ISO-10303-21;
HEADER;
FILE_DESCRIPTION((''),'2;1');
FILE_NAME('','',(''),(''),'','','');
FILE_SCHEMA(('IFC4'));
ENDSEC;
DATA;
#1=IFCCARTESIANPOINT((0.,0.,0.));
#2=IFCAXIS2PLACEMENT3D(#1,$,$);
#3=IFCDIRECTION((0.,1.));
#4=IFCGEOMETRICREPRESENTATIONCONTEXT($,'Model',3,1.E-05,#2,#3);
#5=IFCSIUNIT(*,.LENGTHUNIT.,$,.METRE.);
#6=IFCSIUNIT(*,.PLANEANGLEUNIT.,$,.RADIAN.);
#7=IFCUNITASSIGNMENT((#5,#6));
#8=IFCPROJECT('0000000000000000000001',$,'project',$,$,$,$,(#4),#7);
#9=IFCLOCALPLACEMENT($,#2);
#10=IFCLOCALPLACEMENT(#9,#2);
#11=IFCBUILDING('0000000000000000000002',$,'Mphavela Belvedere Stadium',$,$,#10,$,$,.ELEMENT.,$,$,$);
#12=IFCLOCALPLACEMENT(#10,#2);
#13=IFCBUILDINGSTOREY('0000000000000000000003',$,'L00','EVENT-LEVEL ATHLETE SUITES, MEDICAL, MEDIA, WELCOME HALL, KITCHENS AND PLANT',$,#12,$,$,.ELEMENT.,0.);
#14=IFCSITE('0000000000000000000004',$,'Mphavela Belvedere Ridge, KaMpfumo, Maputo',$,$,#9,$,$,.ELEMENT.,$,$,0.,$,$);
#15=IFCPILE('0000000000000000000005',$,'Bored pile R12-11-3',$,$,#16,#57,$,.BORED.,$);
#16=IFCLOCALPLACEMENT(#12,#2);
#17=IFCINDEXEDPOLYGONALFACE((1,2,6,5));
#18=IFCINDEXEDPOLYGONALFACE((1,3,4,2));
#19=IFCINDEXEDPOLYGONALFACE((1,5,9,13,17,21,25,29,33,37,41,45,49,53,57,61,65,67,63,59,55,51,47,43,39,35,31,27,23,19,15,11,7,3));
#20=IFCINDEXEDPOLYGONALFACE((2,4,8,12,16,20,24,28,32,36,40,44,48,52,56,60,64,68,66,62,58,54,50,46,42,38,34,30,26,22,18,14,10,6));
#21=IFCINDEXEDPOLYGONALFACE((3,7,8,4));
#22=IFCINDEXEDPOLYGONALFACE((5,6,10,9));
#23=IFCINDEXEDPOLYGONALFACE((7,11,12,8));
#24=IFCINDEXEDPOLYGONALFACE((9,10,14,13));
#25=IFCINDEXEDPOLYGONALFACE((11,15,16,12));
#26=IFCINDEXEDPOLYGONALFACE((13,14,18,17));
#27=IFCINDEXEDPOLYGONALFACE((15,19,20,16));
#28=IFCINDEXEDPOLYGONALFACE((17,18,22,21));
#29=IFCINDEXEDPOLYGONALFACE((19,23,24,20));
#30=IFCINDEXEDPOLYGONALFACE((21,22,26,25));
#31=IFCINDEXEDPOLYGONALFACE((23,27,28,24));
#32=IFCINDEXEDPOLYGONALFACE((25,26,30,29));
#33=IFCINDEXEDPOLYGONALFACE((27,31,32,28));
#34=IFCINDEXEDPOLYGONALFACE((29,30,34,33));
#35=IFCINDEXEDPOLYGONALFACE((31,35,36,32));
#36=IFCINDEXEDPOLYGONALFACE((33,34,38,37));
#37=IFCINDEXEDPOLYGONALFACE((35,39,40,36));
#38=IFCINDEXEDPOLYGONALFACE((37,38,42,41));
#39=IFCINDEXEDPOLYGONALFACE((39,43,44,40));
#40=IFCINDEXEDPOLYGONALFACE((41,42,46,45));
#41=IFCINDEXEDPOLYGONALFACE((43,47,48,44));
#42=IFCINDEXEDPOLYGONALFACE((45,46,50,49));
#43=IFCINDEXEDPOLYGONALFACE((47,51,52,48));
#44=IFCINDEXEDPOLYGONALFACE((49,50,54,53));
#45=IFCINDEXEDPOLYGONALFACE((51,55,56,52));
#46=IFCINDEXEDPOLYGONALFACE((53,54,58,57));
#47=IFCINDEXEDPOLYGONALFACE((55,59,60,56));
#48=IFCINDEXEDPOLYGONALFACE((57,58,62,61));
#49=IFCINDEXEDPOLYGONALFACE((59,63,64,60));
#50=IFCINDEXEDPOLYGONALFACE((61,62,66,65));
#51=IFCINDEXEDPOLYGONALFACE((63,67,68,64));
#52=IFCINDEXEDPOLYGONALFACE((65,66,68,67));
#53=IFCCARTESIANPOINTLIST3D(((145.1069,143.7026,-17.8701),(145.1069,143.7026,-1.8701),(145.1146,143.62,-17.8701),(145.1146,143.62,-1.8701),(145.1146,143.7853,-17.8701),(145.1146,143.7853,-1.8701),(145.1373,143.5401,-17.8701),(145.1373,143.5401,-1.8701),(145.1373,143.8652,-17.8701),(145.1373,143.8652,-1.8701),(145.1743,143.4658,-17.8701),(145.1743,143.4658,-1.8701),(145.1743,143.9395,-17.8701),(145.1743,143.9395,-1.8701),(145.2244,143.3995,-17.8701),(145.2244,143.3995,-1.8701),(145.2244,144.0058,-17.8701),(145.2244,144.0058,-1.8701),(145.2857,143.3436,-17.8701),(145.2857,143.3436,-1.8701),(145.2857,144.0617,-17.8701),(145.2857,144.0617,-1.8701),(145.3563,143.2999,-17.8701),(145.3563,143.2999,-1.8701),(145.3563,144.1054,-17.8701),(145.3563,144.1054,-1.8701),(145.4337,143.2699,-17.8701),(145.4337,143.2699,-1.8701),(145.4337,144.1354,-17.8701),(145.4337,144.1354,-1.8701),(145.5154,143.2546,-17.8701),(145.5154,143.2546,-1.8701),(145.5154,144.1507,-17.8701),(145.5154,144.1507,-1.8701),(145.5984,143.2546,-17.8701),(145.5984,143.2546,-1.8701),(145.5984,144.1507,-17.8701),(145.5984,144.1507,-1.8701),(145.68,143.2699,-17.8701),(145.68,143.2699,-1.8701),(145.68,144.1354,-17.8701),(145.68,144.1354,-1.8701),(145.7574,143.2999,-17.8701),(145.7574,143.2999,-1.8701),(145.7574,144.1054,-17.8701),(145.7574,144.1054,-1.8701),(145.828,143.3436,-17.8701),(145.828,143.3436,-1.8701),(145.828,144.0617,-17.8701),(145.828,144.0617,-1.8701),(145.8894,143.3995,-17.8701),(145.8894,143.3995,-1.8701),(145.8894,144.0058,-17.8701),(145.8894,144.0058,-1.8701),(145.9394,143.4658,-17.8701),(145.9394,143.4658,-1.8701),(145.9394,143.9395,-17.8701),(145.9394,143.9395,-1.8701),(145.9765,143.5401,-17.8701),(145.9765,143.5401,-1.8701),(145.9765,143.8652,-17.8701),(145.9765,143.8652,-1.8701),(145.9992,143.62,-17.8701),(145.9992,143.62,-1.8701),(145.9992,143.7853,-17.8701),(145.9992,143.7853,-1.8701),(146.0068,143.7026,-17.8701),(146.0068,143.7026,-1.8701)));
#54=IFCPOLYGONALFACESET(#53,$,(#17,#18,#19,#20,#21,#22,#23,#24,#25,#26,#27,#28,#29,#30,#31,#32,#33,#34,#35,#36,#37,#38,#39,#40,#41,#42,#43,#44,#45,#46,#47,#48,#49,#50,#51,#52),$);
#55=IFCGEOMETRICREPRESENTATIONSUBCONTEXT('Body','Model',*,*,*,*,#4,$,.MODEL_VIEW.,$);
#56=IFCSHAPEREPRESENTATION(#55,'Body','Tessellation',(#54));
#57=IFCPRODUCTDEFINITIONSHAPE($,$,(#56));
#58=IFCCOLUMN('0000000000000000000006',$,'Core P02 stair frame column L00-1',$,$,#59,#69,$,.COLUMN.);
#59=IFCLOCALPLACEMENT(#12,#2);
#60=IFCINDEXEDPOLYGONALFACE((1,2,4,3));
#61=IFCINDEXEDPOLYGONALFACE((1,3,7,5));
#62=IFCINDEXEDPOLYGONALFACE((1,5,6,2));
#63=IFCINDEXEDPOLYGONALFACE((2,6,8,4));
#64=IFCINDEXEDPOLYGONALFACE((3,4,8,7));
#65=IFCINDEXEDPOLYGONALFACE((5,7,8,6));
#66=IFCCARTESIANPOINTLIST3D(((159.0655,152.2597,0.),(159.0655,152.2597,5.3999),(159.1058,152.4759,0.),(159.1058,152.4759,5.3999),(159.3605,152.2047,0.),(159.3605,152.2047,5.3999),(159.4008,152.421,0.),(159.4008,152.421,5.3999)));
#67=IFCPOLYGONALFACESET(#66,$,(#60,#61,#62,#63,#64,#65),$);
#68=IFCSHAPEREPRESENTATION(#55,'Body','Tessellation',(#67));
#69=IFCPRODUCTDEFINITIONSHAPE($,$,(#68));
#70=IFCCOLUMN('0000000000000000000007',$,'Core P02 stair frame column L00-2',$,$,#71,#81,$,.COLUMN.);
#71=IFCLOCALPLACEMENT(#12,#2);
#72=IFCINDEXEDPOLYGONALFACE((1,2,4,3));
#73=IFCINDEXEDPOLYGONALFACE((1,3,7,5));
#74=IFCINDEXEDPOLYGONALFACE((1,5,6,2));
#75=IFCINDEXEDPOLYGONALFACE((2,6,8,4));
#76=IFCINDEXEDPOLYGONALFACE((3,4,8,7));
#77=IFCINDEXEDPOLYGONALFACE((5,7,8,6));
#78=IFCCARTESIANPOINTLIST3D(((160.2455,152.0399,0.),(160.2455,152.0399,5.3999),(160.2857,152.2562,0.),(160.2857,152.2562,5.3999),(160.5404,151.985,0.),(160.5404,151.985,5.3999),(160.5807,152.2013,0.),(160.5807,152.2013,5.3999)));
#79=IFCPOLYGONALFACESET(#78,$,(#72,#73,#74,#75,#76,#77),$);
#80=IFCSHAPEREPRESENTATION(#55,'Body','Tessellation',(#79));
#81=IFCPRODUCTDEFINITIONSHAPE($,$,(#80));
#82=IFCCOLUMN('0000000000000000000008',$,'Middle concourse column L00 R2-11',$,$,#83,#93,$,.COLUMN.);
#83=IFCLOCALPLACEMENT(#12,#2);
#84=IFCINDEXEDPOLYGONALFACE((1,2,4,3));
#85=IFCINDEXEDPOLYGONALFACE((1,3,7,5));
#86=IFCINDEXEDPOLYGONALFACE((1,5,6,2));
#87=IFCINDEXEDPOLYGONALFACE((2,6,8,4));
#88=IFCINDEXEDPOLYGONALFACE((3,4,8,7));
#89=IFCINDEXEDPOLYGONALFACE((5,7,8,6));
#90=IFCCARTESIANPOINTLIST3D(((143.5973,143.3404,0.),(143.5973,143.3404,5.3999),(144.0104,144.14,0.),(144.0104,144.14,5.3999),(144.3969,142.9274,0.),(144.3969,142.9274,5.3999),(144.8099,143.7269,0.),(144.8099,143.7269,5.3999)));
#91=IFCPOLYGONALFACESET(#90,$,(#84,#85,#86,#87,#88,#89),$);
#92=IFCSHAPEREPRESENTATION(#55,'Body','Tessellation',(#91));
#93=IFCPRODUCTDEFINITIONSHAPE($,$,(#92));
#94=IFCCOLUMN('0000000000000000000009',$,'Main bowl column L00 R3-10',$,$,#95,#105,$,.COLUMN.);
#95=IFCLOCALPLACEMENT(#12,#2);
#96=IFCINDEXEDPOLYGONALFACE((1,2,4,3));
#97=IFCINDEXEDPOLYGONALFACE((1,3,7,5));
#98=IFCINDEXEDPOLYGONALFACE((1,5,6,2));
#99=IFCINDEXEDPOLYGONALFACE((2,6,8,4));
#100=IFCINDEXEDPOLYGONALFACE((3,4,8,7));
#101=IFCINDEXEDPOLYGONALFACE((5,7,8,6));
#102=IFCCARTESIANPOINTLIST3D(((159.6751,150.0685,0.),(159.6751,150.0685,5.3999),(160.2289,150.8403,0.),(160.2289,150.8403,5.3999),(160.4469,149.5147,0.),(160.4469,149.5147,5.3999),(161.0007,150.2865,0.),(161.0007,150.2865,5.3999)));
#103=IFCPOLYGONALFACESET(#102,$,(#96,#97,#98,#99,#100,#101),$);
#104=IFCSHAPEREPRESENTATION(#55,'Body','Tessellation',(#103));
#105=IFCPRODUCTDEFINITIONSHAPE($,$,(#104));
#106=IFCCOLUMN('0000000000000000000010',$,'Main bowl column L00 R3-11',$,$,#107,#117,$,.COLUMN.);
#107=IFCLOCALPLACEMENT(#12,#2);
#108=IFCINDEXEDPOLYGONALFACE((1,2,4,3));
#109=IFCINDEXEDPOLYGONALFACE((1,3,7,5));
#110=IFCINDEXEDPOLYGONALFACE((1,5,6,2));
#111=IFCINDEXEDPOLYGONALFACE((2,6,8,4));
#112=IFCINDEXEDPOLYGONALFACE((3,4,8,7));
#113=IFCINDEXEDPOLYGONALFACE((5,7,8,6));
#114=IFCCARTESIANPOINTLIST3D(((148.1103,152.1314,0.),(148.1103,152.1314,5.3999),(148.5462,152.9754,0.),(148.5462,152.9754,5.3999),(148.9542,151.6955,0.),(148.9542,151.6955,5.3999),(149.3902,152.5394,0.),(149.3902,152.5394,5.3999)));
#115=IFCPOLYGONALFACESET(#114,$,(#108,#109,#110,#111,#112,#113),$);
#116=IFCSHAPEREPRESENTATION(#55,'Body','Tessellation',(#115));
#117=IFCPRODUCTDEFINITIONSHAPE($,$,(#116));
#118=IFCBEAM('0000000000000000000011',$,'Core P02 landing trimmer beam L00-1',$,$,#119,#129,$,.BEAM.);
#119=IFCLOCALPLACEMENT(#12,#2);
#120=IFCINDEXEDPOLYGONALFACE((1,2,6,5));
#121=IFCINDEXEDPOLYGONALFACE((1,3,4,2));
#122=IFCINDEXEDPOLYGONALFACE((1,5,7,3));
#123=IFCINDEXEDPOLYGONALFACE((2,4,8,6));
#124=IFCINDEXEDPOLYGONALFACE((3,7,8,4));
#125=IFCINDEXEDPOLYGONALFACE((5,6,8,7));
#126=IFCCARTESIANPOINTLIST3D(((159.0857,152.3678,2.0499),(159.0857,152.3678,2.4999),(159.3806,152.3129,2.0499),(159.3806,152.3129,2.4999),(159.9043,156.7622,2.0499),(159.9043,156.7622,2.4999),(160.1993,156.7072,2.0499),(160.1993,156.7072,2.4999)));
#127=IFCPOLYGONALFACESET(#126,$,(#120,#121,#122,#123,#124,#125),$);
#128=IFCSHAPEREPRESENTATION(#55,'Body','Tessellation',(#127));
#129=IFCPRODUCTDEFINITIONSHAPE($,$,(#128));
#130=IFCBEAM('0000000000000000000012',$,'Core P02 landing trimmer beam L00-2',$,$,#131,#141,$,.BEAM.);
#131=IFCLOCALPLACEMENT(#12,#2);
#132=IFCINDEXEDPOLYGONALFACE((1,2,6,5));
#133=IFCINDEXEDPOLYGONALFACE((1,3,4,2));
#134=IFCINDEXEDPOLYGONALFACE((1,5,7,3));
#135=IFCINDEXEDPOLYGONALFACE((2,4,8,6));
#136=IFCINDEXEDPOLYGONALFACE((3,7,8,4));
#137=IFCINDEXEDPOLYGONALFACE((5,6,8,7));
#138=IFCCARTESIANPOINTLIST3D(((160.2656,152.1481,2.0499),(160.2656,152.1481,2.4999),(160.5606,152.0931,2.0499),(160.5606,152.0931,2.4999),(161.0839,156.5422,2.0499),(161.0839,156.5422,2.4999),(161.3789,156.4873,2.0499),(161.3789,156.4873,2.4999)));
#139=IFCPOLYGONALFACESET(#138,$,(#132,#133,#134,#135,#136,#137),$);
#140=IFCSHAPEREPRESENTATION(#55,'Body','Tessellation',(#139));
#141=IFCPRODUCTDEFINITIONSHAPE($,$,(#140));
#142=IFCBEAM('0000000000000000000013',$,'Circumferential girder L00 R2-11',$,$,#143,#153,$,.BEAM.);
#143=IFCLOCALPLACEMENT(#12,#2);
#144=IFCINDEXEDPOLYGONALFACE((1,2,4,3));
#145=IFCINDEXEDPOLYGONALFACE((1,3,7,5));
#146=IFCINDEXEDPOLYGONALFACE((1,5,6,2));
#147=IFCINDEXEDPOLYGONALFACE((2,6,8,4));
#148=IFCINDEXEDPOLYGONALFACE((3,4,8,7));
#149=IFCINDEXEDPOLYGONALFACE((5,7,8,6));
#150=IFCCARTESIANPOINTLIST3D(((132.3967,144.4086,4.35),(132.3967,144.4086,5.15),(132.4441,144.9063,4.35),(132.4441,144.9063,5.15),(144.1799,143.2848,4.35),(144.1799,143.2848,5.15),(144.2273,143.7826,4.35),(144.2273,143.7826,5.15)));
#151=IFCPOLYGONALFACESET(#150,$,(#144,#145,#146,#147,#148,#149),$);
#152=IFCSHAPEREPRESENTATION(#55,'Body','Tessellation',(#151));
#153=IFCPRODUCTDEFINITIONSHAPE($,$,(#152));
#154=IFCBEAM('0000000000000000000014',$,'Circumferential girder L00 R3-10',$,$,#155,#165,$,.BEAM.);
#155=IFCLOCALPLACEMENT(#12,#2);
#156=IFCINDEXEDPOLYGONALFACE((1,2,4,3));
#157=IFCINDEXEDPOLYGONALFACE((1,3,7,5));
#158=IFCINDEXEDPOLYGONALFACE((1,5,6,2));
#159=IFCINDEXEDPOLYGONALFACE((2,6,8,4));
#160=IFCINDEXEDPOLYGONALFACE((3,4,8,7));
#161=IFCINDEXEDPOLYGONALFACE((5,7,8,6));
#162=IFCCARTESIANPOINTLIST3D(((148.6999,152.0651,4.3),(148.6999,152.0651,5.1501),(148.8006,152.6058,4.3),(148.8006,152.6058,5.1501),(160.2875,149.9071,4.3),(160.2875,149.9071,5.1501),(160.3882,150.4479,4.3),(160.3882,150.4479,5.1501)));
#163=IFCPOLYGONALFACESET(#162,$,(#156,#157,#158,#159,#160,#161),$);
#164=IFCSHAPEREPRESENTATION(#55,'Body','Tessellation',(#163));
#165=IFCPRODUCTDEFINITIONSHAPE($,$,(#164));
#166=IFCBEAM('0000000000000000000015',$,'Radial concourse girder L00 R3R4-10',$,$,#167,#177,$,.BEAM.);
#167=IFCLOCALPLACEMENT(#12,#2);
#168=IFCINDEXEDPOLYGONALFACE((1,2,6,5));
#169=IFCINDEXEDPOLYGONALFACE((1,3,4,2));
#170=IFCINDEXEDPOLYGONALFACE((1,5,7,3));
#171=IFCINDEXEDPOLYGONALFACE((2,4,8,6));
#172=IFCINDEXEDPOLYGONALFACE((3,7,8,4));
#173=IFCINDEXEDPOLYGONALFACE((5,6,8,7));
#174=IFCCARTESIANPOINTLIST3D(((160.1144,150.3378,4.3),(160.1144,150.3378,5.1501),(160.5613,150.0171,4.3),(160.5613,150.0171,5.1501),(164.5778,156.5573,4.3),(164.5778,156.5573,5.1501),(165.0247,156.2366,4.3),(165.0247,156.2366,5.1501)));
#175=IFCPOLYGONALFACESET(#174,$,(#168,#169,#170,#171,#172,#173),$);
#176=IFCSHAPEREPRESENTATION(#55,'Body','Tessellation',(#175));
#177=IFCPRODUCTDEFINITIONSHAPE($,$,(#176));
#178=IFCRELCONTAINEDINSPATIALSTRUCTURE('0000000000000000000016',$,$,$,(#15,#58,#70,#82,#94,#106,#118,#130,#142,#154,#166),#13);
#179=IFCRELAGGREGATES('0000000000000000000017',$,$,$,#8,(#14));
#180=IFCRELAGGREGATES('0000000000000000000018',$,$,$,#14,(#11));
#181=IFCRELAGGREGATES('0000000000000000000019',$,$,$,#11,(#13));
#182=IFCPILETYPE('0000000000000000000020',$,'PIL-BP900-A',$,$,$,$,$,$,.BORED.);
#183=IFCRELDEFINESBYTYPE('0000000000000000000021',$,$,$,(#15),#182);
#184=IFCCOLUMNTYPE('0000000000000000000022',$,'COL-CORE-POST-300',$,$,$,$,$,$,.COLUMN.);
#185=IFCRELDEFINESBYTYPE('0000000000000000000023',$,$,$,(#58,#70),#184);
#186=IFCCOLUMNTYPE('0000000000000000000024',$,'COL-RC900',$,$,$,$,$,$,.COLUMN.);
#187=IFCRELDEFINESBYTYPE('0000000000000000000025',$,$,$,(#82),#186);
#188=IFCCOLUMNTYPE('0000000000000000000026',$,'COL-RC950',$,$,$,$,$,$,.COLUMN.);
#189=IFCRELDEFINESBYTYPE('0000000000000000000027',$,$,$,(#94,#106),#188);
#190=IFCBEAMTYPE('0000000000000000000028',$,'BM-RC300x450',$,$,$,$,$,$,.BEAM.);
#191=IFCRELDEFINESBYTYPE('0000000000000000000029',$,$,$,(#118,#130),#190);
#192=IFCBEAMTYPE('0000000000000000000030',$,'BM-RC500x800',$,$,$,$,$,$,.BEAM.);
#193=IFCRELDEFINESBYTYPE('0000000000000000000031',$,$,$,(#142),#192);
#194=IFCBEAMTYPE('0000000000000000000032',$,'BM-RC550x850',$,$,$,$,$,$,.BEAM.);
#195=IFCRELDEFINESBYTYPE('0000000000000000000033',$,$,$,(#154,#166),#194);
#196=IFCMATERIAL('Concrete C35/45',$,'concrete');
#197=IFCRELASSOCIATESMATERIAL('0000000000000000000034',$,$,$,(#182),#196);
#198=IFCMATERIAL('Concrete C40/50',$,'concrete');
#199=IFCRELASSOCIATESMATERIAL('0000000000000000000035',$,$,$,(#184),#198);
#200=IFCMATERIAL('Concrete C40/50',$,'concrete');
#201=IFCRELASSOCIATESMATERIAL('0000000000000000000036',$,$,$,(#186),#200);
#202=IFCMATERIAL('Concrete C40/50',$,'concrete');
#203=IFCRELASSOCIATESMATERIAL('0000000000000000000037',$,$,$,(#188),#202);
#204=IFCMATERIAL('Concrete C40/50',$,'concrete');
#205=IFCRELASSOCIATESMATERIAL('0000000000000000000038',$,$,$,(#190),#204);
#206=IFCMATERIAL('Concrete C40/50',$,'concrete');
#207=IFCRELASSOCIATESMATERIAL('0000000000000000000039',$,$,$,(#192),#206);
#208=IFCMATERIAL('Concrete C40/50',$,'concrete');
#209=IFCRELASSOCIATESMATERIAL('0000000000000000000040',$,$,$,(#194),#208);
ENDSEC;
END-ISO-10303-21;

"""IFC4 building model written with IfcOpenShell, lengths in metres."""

from ifc_helpers import new_model, si_unit, direction, frame, origin, origin_2d, place, context, subcontext, project, spatial, rectangle, circle, extrude, material, material_profile, profile_set, type_object, element, save


model = new_model("IFC4")

# Units and contexts
model_context = context("Model", 3, precision=1e-05, world=origin(), true_north=direction((0.0, 1.0)))
body_context = subcontext(model_context, "Body", "Model", "MODEL_VIEW")
ifc_project = project(units=[si_unit("LENGTHUNIT", "METRE"), si_unit("PLANEANGLEUNIT", "RADIAN")], contexts=[model_context])

# Site, building, storey
site_placement = place(None, origin())
site = spatial("IfcSite", under=ifc_project, at=site_placement, Name="Mphavela Belvedere Ridge, KaMpfumo, Maputo", CompositionType="ELEMENT", RefElevation=0.0)
building_placement = place(site_placement, origin())
building = spatial("IfcBuilding", under=site, at=building_placement, Name="Mphavela Belvedere Stadium", CompositionType="ELEMENT")
storey_placement = place(building_placement, origin())
storey = spatial("IfcBuildingStorey", under=building, at=storey_placement, Name="L00", Description="EVENT-LEVEL ATHLETE SUITES, MEDICAL, MEDIA, WELCOME HALL, KITCHENS AND PLANT", CompositionType="ELEMENT", Elevation=0.0)

# Pile
ifc_material_1 = material(Name="Concrete C35/45", Category="concrete")
ifc_material_profile_1 = material_profile(ifc_material_1, circle(Radius=0.45, at=origin_2d()), Name="BP D900")
ifc_profile_set_1 = profile_set([ifc_material_profile_1], Name="Concrete C35/45")
pile_type_1 = type_object("IfcPileType", Name="PIL-BP900-A", PredefinedType="BORED", material=ifc_profile_set_1)
pile_placement = place(storey_placement, frame((145.5569, 143.7026, -1.8701), z_axis=(0.0, 0.0, -1.0), x_axis=(1.0, 0.0, 0.0)))
element("IfcPile", 1, at=pile_placement, inside=storey, type_object=pile_type_1, Name="Bored pile R12-11-3", PredefinedType="BORED", context=body_context, shape_type="SweptSolid", body=[
    extrude(circle(Radius=0.45, at=origin_2d()), origin(), (0.0, 0.0, 1.0), 16.0),
])

# Columns
ifc_material_2 = material(Name="Concrete C40/50", Category="concrete")
ifc_material_profile_2 = material_profile(ifc_material_2, rectangle(XDim=0.3, YDim=0.22, at=origin_2d()), Name="RC 300x220")
ifc_profile_set_2 = profile_set([ifc_material_profile_2], Name="Concrete C40/50")
column_type_1 = type_object("IfcColumnType", Name="COL-CORE-POST-300", PredefinedType="COLUMN", material=ifc_profile_set_2)
for number, where, z_axis, x_axis, name in (
    (2, (159.2332, 152.3403, 0.0), (0.0, 0.0, 1.0), (0.983096, -0.183094, 0.0), "Core P02 stair frame column L00-1"),
    (3, (160.4131, 152.1206, 0.0), (0.0, 0.0, 1.0), (0.983096, -0.183094, 0.0), "Core P02 stair frame column L00-2"),
):
    element("IfcColumn", number, at=place(storey_placement, frame(where, z_axis=z_axis, x_axis=x_axis)), inside=storey, type_object=column_type_1, Name=name, PredefinedType="COLUMN", context=body_context, shape_type="SweptSolid", body=[
        extrude(rectangle(XDim=0.3, YDim=0.22, at=origin_2d()), origin(), (0.0, 0.0, 1.0), 5.3999),
    ])
ifc_material_3 = material(Name="Concrete C40/50", Category="concrete")
ifc_material_profile_3 = material_profile(ifc_material_3, rectangle(XDim=0.8999, YDim=0.8999, at=origin_2d()), Name="RC 900x900")
ifc_profile_set_3 = profile_set([ifc_material_profile_3], Name="Concrete C40/50")
column_type_2 = type_object("IfcColumnType", Name="COL-RC900", PredefinedType="COLUMN", material=ifc_profile_set_3)
column_placement = place(storey_placement, frame((144.2036, 143.5337, 0.0), z_axis=(0.0, 0.0, 1.0), x_axis=(0.45896, 0.888457, 0.0)))
element("IfcColumn", 4, at=column_placement, inside=storey, type_object=column_type_2, Name="Middle concourse column L00 R2-11", PredefinedType="COLUMN", context=body_context, shape_type="SweptSolid", body=[
    extrude(rectangle(XDim=0.8999, YDim=0.8999, at=origin_2d()), origin(), (0.0, 0.0, 1.0), 5.3999),
])
ifc_material_4 = material(Name="Concrete C40/50", Category="concrete")
ifc_material_profile_4 = material_profile(ifc_material_4, rectangle(XDim=0.95, YDim=0.95, at=origin_2d()), Name="RC 950x950")
ifc_profile_set_4 = profile_set([ifc_material_profile_4], Name="Concrete C40/50")
column_type_3 = type_object("IfcColumnType", Name="COL-RC950", PredefinedType="COLUMN", material=ifc_profile_set_4)
for number, where, z_axis, x_axis, name in (
    (5, (160.3379, 150.1775, 0.0), (0.0, 0.0, 1.0), (0.582974, 0.812491, 0.0), "Main bowl column L00 R3-10"),
    (6, (148.7502, 152.3354, 0.0), (0.0, 0.0, 1.0), (0.45896, 0.888457, 0.0), "Main bowl column L00 R3-11"),
):
    element("IfcColumn", number, at=place(storey_placement, frame(where, z_axis=z_axis, x_axis=x_axis)), inside=storey, type_object=column_type_3, Name=name, PredefinedType="COLUMN", context=body_context, shape_type="SweptSolid", body=[
        extrude(rectangle(XDim=0.95, YDim=0.95, at=origin_2d()), origin(), (0.0, 0.0, 1.0), 5.3999),
    ])

# Beams
ifc_material_5 = material(Name="Concrete C40/50", Category="concrete")
ifc_material_profile_5 = material_profile(ifc_material_5, rectangle(XDim=0.3, YDim=0.45, at=origin_2d()), Name="RC 300x450")
ifc_profile_set_5 = profile_set([ifc_material_profile_5], Name="Concrete C40/50")
beam_type_1 = type_object("IfcBeamType", Name="BM-RC300x450", PredefinedType="BEAM", material=ifc_profile_set_5)
beam_1_placement = place(storey_placement, frame((159.2332, 152.3403, 2.2749), z_axis=(0.183137, 0.983087, 0.0), x_axis=(-0.983087, 0.183137, 0.0)))
element("IfcBeam", 7, at=beam_1_placement, inside=storey, type_object=beam_type_1, Name="Core P02 landing trimmer beam L00-1", PredefinedType="BEAM", context=body_context, shape_type="SweptSolid", body=[
    extrude(rectangle(XDim=0.3, YDim=0.45, at=origin_2d()), origin(), (0.0, 0.0, 1.0), 4.47),
])
beam_2_placement = place(storey_placement, frame((160.4131, 152.1206, 2.2749), z_axis=(0.183085, 0.983097, 0.0), x_axis=(-0.983097, 0.183085, 0.0)))
element("IfcBeam", 8, at=beam_2_placement, inside=storey, type_object=beam_type_1, Name="Core P02 landing trimmer beam L00-2", PredefinedType="BEAM", context=body_context, shape_type="SweptSolid", body=[
    extrude(rectangle(XDim=0.3, YDim=0.45, at=origin_2d()), origin(), (0.0, 0.0, 1.0), 4.4697),
])
ifc_material_6 = material(Name="Concrete C40/50", Category="concrete")
ifc_material_profile_6 = material_profile(ifc_material_6, rectangle(XDim=0.5, YDim=0.8, at=origin_2d()), Name="RC 500x800")
ifc_profile_set_6 = profile_set([ifc_material_profile_6], Name="Concrete C40/50")
beam_type_2 = type_object("IfcBeamType", Name="BM-RC500x800", PredefinedType="BEAM", material=ifc_profile_set_6)
beam_3_placement = place(storey_placement, frame((144.2036, 143.5337, 4.75), z_axis=(-0.995483, 0.09494, 0.0), x_axis=(-0.09494, -0.995483, 0.0)))
element("IfcBeam", 9, at=beam_3_placement, inside=storey, type_object=beam_type_2, Name="Circumferential girder L00 R2-11", PredefinedType="BEAM", context=body_context, shape_type="SweptSolid", body=[
    extrude(rectangle(XDim=0.5, YDim=0.8, at=origin_2d()), origin(), (0.0, 0.0, 1.0), 11.8367),
])
ifc_material_7 = material(Name="Concrete C40/50", Category="concrete")
ifc_material_profile_7 = material_profile(ifc_material_7, rectangle(XDim=0.55, YDim=0.8501, at=origin_2d()), Name="RC 550x850")
ifc_profile_set_7 = profile_set([ifc_material_profile_7], Name="Concrete C40/50")
beam_type_3 = type_object("IfcBeamType", Name="BM-RC550x850", PredefinedType="BEAM", material=ifc_profile_set_7)
beam_4_placement = place(storey_placement, frame((160.3379, 150.1775, 4.7251), z_axis=(-0.983098, 0.183082, 0.0), x_axis=(-0.183082, -0.983098, 0.0)))
element("IfcBeam", 10, at=beam_4_placement, inside=storey, type_object=beam_type_3, Name="Circumferential girder L00 R3-10", PredefinedType="BEAM", context=body_context, shape_type="SweptSolid", body=[
    extrude(rectangle(XDim=0.55, YDim=0.8501, at=origin_2d()), origin(), (0.0, 0.0, 1.0), 11.7869),
])
beam_5_placement = place(storey_placement, frame((160.3379, 150.1775, 4.7251), z_axis=(0.583044, 0.812441, 0.0), x_axis=(-0.812441, 0.583044, 0.0)))
element("IfcBeam", 11, at=beam_5_placement, inside=storey, type_object=beam_type_3, Name="Radial concourse girder L00 R3R4-10", PredefinedType="BEAM", context=body_context, shape_type="SweptSolid", body=[
    extrude(rectangle(XDim=0.55, YDim=0.8501, at=origin_2d()), origin(), (0.0, 0.0, 1.0), 7.6553),
])

save(model, "model.ifc")
